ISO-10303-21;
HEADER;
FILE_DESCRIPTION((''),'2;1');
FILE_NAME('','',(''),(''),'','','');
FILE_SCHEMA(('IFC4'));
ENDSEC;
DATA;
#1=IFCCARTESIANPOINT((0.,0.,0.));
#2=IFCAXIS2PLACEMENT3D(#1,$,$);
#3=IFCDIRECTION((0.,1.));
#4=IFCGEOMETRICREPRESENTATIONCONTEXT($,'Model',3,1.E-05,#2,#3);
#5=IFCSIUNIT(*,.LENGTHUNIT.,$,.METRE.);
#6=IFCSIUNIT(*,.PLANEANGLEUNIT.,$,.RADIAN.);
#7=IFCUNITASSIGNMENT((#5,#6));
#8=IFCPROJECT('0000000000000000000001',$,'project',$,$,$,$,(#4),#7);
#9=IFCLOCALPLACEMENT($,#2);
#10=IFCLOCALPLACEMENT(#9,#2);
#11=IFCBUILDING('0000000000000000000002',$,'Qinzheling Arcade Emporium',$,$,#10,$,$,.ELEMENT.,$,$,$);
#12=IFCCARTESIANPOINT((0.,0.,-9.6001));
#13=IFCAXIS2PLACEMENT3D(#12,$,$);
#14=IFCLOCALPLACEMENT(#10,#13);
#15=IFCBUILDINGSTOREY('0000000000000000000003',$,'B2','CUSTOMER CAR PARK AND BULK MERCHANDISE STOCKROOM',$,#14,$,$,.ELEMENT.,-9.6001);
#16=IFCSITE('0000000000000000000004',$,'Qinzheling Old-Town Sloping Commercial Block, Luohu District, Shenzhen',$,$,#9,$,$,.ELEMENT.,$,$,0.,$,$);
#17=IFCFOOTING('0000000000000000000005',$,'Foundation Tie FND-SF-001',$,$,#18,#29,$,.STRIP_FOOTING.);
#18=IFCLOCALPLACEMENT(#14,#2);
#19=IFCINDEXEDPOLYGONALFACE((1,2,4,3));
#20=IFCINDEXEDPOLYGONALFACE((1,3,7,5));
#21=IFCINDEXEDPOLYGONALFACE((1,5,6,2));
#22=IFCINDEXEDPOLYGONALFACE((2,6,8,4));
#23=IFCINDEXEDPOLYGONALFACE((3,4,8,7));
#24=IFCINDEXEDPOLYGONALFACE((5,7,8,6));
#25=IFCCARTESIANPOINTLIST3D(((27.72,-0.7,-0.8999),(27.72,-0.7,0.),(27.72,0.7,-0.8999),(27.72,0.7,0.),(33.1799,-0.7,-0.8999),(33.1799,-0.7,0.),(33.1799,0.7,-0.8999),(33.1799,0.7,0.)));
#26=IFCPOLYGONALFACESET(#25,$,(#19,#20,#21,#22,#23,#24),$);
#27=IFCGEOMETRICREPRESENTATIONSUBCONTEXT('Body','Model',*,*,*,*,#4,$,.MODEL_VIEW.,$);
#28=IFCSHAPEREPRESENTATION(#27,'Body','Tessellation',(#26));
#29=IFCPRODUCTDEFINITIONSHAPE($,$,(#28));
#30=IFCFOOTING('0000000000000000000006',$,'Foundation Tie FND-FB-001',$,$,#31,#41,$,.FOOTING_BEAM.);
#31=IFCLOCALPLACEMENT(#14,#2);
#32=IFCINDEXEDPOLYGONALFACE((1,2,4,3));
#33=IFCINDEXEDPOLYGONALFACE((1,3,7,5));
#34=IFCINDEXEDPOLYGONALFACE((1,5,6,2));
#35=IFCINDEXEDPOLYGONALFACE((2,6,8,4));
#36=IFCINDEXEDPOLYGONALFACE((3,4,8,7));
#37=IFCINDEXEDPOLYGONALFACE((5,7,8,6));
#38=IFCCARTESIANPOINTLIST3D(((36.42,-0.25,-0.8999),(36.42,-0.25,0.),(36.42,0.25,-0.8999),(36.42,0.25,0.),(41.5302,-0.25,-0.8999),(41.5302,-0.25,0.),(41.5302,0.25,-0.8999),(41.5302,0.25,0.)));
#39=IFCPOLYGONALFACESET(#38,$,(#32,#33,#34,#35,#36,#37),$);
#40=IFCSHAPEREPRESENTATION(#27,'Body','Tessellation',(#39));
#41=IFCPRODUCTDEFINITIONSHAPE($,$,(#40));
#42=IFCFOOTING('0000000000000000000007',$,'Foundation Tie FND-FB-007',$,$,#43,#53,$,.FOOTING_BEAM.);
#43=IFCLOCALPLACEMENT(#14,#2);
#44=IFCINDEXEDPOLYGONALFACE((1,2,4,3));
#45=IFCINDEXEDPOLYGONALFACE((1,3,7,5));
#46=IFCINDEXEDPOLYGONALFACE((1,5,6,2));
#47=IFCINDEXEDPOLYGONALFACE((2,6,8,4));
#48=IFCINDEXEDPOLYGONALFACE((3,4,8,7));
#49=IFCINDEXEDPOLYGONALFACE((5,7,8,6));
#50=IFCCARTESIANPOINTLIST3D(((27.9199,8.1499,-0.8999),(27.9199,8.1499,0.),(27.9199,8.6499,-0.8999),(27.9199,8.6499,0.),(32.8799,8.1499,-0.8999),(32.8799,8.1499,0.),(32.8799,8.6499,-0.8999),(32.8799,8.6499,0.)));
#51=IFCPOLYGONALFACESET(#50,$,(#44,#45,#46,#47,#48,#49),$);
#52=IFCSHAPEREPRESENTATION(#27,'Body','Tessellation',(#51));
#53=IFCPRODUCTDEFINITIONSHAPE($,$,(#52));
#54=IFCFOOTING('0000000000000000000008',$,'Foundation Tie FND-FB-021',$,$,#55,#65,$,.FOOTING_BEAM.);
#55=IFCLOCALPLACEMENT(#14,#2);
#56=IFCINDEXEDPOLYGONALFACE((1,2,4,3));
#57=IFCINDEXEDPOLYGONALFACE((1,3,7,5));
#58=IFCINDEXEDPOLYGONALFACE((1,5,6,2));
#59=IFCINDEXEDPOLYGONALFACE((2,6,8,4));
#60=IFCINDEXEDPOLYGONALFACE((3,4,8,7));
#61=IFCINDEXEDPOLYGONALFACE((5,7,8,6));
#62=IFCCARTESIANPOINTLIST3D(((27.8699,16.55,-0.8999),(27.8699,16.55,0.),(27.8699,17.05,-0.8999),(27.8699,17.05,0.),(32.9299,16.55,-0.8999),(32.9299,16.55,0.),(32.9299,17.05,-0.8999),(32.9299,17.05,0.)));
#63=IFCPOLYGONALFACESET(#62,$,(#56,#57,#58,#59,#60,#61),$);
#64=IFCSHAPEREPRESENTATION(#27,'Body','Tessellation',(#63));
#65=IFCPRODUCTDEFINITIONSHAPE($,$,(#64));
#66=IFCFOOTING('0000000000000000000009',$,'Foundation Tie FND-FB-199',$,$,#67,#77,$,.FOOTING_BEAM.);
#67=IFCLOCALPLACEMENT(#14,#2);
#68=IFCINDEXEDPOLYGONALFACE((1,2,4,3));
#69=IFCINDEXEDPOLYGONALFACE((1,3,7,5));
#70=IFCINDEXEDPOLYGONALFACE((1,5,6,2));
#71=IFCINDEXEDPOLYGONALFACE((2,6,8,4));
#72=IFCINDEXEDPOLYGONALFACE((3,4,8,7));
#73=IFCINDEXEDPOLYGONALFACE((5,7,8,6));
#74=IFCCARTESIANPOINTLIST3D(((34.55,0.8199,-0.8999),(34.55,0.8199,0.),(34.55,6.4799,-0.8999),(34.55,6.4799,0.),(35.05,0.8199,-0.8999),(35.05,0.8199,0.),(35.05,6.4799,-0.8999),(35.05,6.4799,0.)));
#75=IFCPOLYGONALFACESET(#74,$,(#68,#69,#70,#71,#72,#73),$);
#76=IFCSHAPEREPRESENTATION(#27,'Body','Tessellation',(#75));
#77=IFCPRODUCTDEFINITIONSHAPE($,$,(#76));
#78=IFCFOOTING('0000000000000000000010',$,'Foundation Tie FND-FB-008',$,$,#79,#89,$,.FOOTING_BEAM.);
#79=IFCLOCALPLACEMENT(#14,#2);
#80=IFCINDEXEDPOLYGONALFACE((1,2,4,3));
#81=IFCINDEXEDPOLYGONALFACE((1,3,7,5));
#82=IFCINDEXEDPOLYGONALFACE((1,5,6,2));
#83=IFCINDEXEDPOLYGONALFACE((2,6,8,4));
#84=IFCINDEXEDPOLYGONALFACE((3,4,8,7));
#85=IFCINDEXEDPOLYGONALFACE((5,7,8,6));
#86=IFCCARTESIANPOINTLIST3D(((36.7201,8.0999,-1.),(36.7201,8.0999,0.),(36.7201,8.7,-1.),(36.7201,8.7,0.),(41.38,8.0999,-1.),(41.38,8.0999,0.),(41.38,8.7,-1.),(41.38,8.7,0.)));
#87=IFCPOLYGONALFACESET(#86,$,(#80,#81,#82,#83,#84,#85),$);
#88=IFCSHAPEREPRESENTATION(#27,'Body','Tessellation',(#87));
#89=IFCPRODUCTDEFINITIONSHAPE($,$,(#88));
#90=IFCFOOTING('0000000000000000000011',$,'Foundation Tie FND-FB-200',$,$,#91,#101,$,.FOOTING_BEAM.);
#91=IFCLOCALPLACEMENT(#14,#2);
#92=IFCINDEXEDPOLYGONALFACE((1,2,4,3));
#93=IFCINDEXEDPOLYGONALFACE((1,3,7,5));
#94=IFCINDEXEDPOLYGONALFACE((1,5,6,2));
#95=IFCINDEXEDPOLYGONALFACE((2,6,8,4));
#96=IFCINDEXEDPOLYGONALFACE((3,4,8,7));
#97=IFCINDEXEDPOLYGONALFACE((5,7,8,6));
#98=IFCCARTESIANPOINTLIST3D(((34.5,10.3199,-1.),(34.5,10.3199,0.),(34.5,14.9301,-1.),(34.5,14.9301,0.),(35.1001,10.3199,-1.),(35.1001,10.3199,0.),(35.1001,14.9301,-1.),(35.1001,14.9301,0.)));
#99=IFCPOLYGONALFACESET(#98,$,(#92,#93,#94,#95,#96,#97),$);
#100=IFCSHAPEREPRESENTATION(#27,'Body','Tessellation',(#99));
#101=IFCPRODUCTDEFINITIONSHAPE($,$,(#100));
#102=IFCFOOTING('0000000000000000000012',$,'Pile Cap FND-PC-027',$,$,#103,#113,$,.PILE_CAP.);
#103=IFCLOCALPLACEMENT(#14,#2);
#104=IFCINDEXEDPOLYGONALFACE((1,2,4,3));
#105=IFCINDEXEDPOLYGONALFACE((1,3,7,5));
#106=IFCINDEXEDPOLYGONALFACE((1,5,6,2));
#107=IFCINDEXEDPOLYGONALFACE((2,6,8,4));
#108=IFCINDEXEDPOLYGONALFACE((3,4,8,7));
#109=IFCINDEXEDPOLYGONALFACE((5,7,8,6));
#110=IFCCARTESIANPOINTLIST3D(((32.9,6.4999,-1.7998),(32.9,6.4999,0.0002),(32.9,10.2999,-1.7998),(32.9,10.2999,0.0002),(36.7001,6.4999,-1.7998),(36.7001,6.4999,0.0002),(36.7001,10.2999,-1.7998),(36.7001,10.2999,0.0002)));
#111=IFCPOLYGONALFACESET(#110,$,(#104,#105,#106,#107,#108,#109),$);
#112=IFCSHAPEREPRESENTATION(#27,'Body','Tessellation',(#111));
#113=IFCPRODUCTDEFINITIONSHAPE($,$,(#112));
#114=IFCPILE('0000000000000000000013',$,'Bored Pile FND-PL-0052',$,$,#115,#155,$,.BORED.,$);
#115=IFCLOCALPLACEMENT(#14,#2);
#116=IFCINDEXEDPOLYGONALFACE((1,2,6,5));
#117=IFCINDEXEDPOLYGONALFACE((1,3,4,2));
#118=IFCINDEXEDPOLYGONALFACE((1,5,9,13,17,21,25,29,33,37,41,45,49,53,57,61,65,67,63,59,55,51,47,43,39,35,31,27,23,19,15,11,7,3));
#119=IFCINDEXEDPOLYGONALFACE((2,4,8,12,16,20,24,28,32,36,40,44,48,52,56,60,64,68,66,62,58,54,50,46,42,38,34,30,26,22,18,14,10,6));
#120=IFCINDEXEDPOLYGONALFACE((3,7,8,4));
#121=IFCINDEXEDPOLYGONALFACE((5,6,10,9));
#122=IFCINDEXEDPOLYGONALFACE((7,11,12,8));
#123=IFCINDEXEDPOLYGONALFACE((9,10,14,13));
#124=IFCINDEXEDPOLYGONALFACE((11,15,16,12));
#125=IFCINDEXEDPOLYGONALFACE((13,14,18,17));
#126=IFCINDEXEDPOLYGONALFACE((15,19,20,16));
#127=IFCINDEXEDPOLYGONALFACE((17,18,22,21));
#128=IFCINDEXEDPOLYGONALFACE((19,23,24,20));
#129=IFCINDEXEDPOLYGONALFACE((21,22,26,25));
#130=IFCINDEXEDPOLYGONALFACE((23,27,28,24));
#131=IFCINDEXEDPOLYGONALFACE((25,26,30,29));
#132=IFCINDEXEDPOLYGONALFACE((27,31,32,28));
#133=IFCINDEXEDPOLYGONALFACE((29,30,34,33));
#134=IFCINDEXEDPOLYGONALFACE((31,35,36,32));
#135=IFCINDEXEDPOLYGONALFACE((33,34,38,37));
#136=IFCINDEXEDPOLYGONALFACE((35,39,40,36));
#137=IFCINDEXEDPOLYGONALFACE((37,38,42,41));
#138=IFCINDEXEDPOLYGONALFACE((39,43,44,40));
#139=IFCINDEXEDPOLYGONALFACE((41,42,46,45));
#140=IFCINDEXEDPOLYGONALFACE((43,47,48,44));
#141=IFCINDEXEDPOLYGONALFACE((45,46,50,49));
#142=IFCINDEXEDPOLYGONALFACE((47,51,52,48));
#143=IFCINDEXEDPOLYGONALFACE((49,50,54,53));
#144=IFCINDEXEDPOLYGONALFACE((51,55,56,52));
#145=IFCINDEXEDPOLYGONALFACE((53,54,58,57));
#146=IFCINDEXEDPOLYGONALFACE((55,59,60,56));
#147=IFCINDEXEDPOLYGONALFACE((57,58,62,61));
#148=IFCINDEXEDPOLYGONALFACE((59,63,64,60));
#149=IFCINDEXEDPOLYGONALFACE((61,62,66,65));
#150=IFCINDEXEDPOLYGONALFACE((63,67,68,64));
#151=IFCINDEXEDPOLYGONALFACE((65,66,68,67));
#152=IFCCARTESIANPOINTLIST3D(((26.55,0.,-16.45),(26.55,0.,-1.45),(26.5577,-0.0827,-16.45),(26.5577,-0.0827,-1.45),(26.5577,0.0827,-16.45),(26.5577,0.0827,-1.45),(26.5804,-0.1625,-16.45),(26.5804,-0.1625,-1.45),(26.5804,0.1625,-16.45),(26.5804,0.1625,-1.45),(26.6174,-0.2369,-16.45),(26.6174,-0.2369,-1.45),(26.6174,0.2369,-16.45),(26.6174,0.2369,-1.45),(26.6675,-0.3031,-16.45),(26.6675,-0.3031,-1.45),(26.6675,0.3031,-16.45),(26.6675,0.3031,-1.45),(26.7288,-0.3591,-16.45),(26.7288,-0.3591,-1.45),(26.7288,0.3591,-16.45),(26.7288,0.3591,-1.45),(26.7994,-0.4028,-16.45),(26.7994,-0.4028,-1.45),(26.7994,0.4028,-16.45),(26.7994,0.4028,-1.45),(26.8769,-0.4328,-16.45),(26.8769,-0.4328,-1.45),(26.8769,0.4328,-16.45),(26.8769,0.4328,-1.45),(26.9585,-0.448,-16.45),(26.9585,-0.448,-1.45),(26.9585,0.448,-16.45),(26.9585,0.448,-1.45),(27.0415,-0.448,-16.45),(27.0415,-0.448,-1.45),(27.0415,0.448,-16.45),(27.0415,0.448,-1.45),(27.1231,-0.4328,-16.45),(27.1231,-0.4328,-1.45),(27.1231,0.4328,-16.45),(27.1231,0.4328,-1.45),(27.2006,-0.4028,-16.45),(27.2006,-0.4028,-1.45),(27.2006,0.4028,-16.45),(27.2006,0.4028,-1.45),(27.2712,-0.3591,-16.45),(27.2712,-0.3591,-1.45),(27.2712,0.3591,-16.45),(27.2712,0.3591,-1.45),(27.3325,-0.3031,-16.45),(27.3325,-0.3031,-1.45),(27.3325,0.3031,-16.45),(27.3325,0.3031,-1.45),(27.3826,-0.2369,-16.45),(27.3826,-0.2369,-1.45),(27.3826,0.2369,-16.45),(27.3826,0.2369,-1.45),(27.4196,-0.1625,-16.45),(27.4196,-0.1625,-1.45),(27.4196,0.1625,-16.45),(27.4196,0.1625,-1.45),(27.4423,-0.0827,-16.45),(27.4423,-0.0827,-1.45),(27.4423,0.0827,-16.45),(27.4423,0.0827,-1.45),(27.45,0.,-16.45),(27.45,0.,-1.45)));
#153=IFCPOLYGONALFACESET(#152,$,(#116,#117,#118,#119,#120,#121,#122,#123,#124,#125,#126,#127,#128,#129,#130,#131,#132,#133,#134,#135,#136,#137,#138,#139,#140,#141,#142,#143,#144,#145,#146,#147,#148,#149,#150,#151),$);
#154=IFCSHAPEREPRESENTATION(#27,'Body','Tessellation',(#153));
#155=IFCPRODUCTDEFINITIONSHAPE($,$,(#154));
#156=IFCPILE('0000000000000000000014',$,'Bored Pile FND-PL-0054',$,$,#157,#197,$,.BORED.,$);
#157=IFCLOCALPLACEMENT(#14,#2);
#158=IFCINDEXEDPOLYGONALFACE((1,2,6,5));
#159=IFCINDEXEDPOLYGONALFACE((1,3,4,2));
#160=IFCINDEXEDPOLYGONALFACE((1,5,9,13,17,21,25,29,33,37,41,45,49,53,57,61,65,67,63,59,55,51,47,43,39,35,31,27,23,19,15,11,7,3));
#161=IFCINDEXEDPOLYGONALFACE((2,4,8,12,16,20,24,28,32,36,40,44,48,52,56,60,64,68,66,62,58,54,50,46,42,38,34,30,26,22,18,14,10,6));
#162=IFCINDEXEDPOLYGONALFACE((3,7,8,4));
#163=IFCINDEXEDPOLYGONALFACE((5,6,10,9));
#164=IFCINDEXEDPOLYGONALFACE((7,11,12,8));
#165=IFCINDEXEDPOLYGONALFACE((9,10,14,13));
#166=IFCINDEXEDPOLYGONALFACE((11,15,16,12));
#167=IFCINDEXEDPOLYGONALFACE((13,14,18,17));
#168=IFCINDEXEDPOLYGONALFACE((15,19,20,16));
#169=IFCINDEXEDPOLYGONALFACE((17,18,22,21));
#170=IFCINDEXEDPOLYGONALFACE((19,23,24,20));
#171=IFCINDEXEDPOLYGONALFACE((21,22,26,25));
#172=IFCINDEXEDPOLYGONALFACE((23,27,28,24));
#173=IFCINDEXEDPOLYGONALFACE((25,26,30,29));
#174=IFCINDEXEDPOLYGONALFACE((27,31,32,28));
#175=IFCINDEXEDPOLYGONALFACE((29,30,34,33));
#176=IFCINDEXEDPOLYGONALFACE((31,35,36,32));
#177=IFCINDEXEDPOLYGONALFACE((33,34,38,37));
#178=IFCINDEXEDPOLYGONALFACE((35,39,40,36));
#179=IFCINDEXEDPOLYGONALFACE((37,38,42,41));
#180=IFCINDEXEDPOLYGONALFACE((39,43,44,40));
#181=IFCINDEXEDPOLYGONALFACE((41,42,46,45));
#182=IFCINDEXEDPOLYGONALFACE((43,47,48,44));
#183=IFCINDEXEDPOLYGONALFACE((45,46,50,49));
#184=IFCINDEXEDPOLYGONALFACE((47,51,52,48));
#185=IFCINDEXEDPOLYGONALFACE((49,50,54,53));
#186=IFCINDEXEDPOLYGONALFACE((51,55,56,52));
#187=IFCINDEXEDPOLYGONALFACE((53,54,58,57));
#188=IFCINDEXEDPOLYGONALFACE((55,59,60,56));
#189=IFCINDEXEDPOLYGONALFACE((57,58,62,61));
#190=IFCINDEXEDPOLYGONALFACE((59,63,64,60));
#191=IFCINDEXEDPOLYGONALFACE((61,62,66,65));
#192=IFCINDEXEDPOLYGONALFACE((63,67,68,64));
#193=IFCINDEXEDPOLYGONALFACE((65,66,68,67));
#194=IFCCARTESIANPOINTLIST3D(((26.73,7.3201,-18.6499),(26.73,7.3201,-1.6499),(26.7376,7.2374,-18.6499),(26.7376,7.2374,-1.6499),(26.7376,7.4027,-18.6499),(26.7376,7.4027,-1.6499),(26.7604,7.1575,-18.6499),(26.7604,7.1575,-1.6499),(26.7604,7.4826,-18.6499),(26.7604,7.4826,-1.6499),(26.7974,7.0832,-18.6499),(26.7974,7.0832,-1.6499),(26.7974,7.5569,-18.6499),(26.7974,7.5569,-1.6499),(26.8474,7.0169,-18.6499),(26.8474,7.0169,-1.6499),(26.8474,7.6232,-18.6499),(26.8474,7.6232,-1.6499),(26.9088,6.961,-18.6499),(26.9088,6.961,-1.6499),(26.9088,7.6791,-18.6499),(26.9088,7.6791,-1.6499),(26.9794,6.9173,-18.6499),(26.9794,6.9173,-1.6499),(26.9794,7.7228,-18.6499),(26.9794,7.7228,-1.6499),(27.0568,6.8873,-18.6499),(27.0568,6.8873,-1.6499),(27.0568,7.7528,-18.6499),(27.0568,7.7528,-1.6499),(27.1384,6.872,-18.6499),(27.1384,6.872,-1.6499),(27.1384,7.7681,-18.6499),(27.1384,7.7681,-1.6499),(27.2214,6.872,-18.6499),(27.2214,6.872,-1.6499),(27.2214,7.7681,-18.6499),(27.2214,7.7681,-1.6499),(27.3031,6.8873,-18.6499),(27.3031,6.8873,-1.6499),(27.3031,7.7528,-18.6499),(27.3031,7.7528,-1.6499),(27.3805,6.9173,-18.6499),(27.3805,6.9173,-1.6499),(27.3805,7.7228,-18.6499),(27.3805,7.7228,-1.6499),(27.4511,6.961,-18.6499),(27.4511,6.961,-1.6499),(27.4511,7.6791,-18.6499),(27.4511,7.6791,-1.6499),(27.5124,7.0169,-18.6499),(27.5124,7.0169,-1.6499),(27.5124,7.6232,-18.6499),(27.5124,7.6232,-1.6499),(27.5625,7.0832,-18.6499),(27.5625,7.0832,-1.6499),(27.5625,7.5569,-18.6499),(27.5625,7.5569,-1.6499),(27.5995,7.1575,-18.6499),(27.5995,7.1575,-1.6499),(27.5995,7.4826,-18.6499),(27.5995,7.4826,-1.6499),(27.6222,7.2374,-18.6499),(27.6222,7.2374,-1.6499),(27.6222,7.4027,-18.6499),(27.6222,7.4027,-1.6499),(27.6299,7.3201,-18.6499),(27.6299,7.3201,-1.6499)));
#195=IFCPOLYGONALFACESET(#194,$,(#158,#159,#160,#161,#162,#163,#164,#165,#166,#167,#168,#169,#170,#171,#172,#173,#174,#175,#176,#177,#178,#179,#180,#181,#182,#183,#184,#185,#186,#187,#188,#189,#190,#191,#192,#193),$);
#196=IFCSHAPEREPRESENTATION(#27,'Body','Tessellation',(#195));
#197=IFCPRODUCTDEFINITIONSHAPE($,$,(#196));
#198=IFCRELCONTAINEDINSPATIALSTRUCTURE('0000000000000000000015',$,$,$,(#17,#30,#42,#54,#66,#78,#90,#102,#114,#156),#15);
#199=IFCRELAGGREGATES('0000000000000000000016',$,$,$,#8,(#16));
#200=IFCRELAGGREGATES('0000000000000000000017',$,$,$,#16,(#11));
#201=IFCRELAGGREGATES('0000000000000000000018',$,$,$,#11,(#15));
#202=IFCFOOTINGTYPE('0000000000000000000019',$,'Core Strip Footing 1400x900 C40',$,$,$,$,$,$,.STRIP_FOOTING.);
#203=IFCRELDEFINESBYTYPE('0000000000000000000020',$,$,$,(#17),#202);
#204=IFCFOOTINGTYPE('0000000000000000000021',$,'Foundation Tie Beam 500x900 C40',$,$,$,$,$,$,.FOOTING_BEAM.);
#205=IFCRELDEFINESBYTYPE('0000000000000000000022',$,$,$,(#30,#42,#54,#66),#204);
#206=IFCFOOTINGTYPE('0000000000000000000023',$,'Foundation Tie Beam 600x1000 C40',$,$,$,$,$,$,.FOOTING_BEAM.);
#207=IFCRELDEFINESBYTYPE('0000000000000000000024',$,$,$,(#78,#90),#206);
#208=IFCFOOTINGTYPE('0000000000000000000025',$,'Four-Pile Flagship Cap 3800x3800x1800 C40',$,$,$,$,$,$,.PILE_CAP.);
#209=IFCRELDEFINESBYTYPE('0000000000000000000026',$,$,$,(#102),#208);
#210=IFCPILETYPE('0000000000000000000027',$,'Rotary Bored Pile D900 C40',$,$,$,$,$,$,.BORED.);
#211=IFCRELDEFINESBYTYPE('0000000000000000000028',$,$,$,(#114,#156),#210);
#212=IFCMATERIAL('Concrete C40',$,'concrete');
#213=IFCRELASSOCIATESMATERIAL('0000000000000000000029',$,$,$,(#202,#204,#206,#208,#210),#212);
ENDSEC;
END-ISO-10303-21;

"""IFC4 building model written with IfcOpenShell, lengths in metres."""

from ifc_helpers import new_model, si_unit, direction, frame, origin, origin_2d, place, context, subcontext, project, spatial, rectangle, circle, extrude, material, material_profile, profile_set, type_object, element, save


model = new_model("IFC4")

# Units and contexts
model_context = context("Model", 3, precision=1e-05, world=origin(), true_north=direction((0.0, 1.0)))
body_context = subcontext(model_context, "Body", "Model", "MODEL_VIEW")
ifc_project = project(units=[si_unit("LENGTHUNIT", "METRE"), si_unit("PLANEANGLEUNIT", "RADIAN")], contexts=[model_context])

# Site, building, storey
site_placement = place(None, origin())
site = spatial("IfcSite", under=ifc_project, at=site_placement, Name="Qinzheling Old-Town Sloping Commercial Block, Luohu District, Shenzhen", CompositionType="ELEMENT", RefElevation=0.0)
building_placement = place(site_placement, origin())
building = spatial("IfcBuilding", under=site, at=building_placement, Name="Qinzheling Arcade Emporium", CompositionType="ELEMENT")
storey_placement = place(building_placement, frame((0.0, 0.0, -9.6001)))
storey = spatial("IfcBuildingStorey", under=building, at=storey_placement, Name="B2", Description="CUSTOMER CAR PARK AND BULK MERCHANDISE STOCKROOM", CompositionType="ELEMENT", Elevation=-9.6001)

# Footings
ifc_material_1 = material(Name="Concrete C40", Category="concrete")
footing_type_1 = type_object("IfcFootingType", Name="Core Strip Footing 1400x900 C40", PredefinedType="STRIP_FOOTING", material=ifc_material_1)
footing_1_placement = place(storey_placement, frame((30.45, 0.0, -0.8999), z_axis=(0.0, 0.0, 1.0), x_axis=(1.0, 0.0, 0.0)))
element("IfcFooting", 1, at=footing_1_placement, inside=storey, type_object=footing_type_1, Name="Foundation Tie FND-SF-001", PredefinedType="STRIP_FOOTING", context=body_context, shape_type="SweptSolid", body=[
    extrude(rectangle(XDim=5.46, YDim=1.3999, at=origin_2d()), origin(), (0.0, 0.0, 1.0), 0.8999),
])
footing_type_2 = type_object("IfcFootingType", Name="Foundation Tie Beam 500x900 C40", PredefinedType="FOOTING_BEAM", material=ifc_material_1)
footing_2_placement = place(storey_placement, frame((38.9751, 0.0, -0.8999), z_axis=(0.0, 0.0, 1.0), x_axis=(1.0, 0.0, 0.0)))
element("IfcFooting", 2, at=footing_2_placement, inside=storey, type_object=footing_type_2, Name="Foundation Tie FND-FB-001", PredefinedType="FOOTING_BEAM", context=body_context, shape_type="SweptSolid", body=[
    extrude(rectangle(XDim=5.1101, YDim=0.5, at=origin_2d()), origin(), (0.0, 0.0, 1.0), 0.8999),
])
footing_3_placement = place(storey_placement, frame((30.3999, 8.3999, -0.8999), z_axis=(0.0, 0.0, 1.0), x_axis=(1.0, 0.0, 0.0)))
element("IfcFooting", 3, at=footing_3_placement, inside=storey, type_object=footing_type_2, Name="Foundation Tie FND-FB-007", PredefinedType="FOOTING_BEAM", context=body_context, shape_type="SweptSolid", body=[
    extrude(rectangle(XDim=4.96, YDim=0.5, at=origin_2d()), origin(), (0.0, 0.0, 1.0), 0.8999),
])
footing_4_placement = place(storey_placement, frame((30.3999, 16.8, -0.8999), z_axis=(0.0, 0.0, 1.0), x_axis=(1.0, 0.0, 0.0)))
element("IfcFooting", 4, at=footing_4_placement, inside=storey, type_object=footing_type_2, Name="Foundation Tie FND-FB-021", PredefinedType="FOOTING_BEAM", context=body_context, shape_type="SweptSolid", body=[
    extrude(rectangle(XDim=5.0601, YDim=0.5, at=origin_2d()), origin(), (0.0, 0.0, 1.0), 0.8999),
])
footing_5_placement = place(storey_placement, frame((34.8, 3.6499, -0.8999), z_axis=(0.0, 0.0, 1.0), x_axis=(1.0, 0.0, 0.0)))
element("IfcFooting", 5, at=footing_5_placement, inside=storey, type_object=footing_type_2, Name="Foundation Tie FND-FB-199", PredefinedType="FOOTING_BEAM", context=body_context, shape_type="SweptSolid", body=[
    extrude(rectangle(XDim=0.5, YDim=5.6599, at=origin_2d()), origin(), (0.0, 0.0, 1.0), 0.8999),
])
footing_type_3 = type_object("IfcFootingType", Name="Foundation Tie Beam 600x1000 C40", PredefinedType="FOOTING_BEAM", material=ifc_material_1)
footing_6_placement = place(storey_placement, frame((39.05, 8.3999, -1.0), z_axis=(0.0, 0.0, 1.0), x_axis=(1.0, 0.0, 0.0)))
element("IfcFooting", 6, at=footing_6_placement, inside=storey, type_object=footing_type_3, Name="Foundation Tie FND-FB-008", PredefinedType="FOOTING_BEAM", context=body_context, shape_type="SweptSolid", body=[
    extrude(rectangle(XDim=4.6599, YDim=0.6001, at=origin_2d()), origin(), (0.0, 0.0, 1.0), 1.0),
])
footing_7_placement = place(storey_placement, frame((34.8, 12.625, -1.0), z_axis=(0.0, 0.0, 1.0), x_axis=(1.0, 0.0, 0.0)))
element("IfcFooting", 7, at=footing_7_placement, inside=storey, type_object=footing_type_3, Name="Foundation Tie FND-FB-200", PredefinedType="FOOTING_BEAM", context=body_context, shape_type="SweptSolid", body=[
    extrude(rectangle(XDim=0.6001, YDim=4.6101, at=origin_2d()), origin(), (0.0, 0.0, 1.0), 1.0),
])
footing_type_4 = type_object("IfcFootingType", Name="Four-Pile Flagship Cap 3800x3800x1800 C40", PredefinedType="PILE_CAP", material=ifc_material_1)
footing_8_placement = place(storey_placement, frame((34.8, 8.3999, -1.7998), z_axis=(0.0, 0.0, 1.0), x_axis=(1.0, 0.0, 0.0)))
element("IfcFooting", 8, at=footing_8_placement, inside=storey, type_object=footing_type_4, Name="Pile Cap FND-PC-027", PredefinedType="PILE_CAP", context=body_context, shape_type="SweptSolid", body=[
    extrude(rectangle(XDim=3.8, YDim=3.8, at=origin_2d()), origin(), (0.0, 0.0, 1.0), 1.8),
])

# Piles
ifc_material_profile_1 = material_profile(ifc_material_1, circle(Radius=0.45, at=origin_2d()), Name="BORED D900", Category="concrete")
ifc_profile_set_1 = profile_set([ifc_material_profile_1], Name="Concrete C40")
pile_type = type_object("IfcPileType", Name="Rotary Bored Pile D900 C40", PredefinedType="BORED", material=ifc_profile_set_1)
pile_1_placement = place(storey_placement, frame((27.0, 0.0, -1.45), z_axis=(0.0, 0.0, -1.0), x_axis=(1.0, 0.0, 0.0)))
element("IfcPile", 9, at=pile_1_placement, inside=storey, type_object=pile_type, Name="Bored Pile FND-PL-0052", PredefinedType="BORED", context=body_context, shape_type="SweptSolid", body=[
    extrude(circle(Radius=0.45, at=origin_2d()), origin(), (0.0, 0.0, 1.0), 15.0),
])
for number, where, z_axis, x_axis, name in (
    (10, (27.1799, 7.3201, -1.6499), (0.0, 0.0, -1.0), (1.0, 0.0, 0.0), "Bored Pile FND-PL-0054"),
):
    element("IfcPile", number, at=place(storey_placement, frame(where, z_axis=z_axis, x_axis=x_axis)), inside=storey, type_object=pile_type, Name=name, PredefinedType="BORED", context=body_context, shape_type="SweptSolid", body=[
        extrude(circle(Radius=0.45, at=origin_2d()), origin(), (0.0, 0.0, 1.0), 17.0),
    ])

save(model, "model.ifc")
